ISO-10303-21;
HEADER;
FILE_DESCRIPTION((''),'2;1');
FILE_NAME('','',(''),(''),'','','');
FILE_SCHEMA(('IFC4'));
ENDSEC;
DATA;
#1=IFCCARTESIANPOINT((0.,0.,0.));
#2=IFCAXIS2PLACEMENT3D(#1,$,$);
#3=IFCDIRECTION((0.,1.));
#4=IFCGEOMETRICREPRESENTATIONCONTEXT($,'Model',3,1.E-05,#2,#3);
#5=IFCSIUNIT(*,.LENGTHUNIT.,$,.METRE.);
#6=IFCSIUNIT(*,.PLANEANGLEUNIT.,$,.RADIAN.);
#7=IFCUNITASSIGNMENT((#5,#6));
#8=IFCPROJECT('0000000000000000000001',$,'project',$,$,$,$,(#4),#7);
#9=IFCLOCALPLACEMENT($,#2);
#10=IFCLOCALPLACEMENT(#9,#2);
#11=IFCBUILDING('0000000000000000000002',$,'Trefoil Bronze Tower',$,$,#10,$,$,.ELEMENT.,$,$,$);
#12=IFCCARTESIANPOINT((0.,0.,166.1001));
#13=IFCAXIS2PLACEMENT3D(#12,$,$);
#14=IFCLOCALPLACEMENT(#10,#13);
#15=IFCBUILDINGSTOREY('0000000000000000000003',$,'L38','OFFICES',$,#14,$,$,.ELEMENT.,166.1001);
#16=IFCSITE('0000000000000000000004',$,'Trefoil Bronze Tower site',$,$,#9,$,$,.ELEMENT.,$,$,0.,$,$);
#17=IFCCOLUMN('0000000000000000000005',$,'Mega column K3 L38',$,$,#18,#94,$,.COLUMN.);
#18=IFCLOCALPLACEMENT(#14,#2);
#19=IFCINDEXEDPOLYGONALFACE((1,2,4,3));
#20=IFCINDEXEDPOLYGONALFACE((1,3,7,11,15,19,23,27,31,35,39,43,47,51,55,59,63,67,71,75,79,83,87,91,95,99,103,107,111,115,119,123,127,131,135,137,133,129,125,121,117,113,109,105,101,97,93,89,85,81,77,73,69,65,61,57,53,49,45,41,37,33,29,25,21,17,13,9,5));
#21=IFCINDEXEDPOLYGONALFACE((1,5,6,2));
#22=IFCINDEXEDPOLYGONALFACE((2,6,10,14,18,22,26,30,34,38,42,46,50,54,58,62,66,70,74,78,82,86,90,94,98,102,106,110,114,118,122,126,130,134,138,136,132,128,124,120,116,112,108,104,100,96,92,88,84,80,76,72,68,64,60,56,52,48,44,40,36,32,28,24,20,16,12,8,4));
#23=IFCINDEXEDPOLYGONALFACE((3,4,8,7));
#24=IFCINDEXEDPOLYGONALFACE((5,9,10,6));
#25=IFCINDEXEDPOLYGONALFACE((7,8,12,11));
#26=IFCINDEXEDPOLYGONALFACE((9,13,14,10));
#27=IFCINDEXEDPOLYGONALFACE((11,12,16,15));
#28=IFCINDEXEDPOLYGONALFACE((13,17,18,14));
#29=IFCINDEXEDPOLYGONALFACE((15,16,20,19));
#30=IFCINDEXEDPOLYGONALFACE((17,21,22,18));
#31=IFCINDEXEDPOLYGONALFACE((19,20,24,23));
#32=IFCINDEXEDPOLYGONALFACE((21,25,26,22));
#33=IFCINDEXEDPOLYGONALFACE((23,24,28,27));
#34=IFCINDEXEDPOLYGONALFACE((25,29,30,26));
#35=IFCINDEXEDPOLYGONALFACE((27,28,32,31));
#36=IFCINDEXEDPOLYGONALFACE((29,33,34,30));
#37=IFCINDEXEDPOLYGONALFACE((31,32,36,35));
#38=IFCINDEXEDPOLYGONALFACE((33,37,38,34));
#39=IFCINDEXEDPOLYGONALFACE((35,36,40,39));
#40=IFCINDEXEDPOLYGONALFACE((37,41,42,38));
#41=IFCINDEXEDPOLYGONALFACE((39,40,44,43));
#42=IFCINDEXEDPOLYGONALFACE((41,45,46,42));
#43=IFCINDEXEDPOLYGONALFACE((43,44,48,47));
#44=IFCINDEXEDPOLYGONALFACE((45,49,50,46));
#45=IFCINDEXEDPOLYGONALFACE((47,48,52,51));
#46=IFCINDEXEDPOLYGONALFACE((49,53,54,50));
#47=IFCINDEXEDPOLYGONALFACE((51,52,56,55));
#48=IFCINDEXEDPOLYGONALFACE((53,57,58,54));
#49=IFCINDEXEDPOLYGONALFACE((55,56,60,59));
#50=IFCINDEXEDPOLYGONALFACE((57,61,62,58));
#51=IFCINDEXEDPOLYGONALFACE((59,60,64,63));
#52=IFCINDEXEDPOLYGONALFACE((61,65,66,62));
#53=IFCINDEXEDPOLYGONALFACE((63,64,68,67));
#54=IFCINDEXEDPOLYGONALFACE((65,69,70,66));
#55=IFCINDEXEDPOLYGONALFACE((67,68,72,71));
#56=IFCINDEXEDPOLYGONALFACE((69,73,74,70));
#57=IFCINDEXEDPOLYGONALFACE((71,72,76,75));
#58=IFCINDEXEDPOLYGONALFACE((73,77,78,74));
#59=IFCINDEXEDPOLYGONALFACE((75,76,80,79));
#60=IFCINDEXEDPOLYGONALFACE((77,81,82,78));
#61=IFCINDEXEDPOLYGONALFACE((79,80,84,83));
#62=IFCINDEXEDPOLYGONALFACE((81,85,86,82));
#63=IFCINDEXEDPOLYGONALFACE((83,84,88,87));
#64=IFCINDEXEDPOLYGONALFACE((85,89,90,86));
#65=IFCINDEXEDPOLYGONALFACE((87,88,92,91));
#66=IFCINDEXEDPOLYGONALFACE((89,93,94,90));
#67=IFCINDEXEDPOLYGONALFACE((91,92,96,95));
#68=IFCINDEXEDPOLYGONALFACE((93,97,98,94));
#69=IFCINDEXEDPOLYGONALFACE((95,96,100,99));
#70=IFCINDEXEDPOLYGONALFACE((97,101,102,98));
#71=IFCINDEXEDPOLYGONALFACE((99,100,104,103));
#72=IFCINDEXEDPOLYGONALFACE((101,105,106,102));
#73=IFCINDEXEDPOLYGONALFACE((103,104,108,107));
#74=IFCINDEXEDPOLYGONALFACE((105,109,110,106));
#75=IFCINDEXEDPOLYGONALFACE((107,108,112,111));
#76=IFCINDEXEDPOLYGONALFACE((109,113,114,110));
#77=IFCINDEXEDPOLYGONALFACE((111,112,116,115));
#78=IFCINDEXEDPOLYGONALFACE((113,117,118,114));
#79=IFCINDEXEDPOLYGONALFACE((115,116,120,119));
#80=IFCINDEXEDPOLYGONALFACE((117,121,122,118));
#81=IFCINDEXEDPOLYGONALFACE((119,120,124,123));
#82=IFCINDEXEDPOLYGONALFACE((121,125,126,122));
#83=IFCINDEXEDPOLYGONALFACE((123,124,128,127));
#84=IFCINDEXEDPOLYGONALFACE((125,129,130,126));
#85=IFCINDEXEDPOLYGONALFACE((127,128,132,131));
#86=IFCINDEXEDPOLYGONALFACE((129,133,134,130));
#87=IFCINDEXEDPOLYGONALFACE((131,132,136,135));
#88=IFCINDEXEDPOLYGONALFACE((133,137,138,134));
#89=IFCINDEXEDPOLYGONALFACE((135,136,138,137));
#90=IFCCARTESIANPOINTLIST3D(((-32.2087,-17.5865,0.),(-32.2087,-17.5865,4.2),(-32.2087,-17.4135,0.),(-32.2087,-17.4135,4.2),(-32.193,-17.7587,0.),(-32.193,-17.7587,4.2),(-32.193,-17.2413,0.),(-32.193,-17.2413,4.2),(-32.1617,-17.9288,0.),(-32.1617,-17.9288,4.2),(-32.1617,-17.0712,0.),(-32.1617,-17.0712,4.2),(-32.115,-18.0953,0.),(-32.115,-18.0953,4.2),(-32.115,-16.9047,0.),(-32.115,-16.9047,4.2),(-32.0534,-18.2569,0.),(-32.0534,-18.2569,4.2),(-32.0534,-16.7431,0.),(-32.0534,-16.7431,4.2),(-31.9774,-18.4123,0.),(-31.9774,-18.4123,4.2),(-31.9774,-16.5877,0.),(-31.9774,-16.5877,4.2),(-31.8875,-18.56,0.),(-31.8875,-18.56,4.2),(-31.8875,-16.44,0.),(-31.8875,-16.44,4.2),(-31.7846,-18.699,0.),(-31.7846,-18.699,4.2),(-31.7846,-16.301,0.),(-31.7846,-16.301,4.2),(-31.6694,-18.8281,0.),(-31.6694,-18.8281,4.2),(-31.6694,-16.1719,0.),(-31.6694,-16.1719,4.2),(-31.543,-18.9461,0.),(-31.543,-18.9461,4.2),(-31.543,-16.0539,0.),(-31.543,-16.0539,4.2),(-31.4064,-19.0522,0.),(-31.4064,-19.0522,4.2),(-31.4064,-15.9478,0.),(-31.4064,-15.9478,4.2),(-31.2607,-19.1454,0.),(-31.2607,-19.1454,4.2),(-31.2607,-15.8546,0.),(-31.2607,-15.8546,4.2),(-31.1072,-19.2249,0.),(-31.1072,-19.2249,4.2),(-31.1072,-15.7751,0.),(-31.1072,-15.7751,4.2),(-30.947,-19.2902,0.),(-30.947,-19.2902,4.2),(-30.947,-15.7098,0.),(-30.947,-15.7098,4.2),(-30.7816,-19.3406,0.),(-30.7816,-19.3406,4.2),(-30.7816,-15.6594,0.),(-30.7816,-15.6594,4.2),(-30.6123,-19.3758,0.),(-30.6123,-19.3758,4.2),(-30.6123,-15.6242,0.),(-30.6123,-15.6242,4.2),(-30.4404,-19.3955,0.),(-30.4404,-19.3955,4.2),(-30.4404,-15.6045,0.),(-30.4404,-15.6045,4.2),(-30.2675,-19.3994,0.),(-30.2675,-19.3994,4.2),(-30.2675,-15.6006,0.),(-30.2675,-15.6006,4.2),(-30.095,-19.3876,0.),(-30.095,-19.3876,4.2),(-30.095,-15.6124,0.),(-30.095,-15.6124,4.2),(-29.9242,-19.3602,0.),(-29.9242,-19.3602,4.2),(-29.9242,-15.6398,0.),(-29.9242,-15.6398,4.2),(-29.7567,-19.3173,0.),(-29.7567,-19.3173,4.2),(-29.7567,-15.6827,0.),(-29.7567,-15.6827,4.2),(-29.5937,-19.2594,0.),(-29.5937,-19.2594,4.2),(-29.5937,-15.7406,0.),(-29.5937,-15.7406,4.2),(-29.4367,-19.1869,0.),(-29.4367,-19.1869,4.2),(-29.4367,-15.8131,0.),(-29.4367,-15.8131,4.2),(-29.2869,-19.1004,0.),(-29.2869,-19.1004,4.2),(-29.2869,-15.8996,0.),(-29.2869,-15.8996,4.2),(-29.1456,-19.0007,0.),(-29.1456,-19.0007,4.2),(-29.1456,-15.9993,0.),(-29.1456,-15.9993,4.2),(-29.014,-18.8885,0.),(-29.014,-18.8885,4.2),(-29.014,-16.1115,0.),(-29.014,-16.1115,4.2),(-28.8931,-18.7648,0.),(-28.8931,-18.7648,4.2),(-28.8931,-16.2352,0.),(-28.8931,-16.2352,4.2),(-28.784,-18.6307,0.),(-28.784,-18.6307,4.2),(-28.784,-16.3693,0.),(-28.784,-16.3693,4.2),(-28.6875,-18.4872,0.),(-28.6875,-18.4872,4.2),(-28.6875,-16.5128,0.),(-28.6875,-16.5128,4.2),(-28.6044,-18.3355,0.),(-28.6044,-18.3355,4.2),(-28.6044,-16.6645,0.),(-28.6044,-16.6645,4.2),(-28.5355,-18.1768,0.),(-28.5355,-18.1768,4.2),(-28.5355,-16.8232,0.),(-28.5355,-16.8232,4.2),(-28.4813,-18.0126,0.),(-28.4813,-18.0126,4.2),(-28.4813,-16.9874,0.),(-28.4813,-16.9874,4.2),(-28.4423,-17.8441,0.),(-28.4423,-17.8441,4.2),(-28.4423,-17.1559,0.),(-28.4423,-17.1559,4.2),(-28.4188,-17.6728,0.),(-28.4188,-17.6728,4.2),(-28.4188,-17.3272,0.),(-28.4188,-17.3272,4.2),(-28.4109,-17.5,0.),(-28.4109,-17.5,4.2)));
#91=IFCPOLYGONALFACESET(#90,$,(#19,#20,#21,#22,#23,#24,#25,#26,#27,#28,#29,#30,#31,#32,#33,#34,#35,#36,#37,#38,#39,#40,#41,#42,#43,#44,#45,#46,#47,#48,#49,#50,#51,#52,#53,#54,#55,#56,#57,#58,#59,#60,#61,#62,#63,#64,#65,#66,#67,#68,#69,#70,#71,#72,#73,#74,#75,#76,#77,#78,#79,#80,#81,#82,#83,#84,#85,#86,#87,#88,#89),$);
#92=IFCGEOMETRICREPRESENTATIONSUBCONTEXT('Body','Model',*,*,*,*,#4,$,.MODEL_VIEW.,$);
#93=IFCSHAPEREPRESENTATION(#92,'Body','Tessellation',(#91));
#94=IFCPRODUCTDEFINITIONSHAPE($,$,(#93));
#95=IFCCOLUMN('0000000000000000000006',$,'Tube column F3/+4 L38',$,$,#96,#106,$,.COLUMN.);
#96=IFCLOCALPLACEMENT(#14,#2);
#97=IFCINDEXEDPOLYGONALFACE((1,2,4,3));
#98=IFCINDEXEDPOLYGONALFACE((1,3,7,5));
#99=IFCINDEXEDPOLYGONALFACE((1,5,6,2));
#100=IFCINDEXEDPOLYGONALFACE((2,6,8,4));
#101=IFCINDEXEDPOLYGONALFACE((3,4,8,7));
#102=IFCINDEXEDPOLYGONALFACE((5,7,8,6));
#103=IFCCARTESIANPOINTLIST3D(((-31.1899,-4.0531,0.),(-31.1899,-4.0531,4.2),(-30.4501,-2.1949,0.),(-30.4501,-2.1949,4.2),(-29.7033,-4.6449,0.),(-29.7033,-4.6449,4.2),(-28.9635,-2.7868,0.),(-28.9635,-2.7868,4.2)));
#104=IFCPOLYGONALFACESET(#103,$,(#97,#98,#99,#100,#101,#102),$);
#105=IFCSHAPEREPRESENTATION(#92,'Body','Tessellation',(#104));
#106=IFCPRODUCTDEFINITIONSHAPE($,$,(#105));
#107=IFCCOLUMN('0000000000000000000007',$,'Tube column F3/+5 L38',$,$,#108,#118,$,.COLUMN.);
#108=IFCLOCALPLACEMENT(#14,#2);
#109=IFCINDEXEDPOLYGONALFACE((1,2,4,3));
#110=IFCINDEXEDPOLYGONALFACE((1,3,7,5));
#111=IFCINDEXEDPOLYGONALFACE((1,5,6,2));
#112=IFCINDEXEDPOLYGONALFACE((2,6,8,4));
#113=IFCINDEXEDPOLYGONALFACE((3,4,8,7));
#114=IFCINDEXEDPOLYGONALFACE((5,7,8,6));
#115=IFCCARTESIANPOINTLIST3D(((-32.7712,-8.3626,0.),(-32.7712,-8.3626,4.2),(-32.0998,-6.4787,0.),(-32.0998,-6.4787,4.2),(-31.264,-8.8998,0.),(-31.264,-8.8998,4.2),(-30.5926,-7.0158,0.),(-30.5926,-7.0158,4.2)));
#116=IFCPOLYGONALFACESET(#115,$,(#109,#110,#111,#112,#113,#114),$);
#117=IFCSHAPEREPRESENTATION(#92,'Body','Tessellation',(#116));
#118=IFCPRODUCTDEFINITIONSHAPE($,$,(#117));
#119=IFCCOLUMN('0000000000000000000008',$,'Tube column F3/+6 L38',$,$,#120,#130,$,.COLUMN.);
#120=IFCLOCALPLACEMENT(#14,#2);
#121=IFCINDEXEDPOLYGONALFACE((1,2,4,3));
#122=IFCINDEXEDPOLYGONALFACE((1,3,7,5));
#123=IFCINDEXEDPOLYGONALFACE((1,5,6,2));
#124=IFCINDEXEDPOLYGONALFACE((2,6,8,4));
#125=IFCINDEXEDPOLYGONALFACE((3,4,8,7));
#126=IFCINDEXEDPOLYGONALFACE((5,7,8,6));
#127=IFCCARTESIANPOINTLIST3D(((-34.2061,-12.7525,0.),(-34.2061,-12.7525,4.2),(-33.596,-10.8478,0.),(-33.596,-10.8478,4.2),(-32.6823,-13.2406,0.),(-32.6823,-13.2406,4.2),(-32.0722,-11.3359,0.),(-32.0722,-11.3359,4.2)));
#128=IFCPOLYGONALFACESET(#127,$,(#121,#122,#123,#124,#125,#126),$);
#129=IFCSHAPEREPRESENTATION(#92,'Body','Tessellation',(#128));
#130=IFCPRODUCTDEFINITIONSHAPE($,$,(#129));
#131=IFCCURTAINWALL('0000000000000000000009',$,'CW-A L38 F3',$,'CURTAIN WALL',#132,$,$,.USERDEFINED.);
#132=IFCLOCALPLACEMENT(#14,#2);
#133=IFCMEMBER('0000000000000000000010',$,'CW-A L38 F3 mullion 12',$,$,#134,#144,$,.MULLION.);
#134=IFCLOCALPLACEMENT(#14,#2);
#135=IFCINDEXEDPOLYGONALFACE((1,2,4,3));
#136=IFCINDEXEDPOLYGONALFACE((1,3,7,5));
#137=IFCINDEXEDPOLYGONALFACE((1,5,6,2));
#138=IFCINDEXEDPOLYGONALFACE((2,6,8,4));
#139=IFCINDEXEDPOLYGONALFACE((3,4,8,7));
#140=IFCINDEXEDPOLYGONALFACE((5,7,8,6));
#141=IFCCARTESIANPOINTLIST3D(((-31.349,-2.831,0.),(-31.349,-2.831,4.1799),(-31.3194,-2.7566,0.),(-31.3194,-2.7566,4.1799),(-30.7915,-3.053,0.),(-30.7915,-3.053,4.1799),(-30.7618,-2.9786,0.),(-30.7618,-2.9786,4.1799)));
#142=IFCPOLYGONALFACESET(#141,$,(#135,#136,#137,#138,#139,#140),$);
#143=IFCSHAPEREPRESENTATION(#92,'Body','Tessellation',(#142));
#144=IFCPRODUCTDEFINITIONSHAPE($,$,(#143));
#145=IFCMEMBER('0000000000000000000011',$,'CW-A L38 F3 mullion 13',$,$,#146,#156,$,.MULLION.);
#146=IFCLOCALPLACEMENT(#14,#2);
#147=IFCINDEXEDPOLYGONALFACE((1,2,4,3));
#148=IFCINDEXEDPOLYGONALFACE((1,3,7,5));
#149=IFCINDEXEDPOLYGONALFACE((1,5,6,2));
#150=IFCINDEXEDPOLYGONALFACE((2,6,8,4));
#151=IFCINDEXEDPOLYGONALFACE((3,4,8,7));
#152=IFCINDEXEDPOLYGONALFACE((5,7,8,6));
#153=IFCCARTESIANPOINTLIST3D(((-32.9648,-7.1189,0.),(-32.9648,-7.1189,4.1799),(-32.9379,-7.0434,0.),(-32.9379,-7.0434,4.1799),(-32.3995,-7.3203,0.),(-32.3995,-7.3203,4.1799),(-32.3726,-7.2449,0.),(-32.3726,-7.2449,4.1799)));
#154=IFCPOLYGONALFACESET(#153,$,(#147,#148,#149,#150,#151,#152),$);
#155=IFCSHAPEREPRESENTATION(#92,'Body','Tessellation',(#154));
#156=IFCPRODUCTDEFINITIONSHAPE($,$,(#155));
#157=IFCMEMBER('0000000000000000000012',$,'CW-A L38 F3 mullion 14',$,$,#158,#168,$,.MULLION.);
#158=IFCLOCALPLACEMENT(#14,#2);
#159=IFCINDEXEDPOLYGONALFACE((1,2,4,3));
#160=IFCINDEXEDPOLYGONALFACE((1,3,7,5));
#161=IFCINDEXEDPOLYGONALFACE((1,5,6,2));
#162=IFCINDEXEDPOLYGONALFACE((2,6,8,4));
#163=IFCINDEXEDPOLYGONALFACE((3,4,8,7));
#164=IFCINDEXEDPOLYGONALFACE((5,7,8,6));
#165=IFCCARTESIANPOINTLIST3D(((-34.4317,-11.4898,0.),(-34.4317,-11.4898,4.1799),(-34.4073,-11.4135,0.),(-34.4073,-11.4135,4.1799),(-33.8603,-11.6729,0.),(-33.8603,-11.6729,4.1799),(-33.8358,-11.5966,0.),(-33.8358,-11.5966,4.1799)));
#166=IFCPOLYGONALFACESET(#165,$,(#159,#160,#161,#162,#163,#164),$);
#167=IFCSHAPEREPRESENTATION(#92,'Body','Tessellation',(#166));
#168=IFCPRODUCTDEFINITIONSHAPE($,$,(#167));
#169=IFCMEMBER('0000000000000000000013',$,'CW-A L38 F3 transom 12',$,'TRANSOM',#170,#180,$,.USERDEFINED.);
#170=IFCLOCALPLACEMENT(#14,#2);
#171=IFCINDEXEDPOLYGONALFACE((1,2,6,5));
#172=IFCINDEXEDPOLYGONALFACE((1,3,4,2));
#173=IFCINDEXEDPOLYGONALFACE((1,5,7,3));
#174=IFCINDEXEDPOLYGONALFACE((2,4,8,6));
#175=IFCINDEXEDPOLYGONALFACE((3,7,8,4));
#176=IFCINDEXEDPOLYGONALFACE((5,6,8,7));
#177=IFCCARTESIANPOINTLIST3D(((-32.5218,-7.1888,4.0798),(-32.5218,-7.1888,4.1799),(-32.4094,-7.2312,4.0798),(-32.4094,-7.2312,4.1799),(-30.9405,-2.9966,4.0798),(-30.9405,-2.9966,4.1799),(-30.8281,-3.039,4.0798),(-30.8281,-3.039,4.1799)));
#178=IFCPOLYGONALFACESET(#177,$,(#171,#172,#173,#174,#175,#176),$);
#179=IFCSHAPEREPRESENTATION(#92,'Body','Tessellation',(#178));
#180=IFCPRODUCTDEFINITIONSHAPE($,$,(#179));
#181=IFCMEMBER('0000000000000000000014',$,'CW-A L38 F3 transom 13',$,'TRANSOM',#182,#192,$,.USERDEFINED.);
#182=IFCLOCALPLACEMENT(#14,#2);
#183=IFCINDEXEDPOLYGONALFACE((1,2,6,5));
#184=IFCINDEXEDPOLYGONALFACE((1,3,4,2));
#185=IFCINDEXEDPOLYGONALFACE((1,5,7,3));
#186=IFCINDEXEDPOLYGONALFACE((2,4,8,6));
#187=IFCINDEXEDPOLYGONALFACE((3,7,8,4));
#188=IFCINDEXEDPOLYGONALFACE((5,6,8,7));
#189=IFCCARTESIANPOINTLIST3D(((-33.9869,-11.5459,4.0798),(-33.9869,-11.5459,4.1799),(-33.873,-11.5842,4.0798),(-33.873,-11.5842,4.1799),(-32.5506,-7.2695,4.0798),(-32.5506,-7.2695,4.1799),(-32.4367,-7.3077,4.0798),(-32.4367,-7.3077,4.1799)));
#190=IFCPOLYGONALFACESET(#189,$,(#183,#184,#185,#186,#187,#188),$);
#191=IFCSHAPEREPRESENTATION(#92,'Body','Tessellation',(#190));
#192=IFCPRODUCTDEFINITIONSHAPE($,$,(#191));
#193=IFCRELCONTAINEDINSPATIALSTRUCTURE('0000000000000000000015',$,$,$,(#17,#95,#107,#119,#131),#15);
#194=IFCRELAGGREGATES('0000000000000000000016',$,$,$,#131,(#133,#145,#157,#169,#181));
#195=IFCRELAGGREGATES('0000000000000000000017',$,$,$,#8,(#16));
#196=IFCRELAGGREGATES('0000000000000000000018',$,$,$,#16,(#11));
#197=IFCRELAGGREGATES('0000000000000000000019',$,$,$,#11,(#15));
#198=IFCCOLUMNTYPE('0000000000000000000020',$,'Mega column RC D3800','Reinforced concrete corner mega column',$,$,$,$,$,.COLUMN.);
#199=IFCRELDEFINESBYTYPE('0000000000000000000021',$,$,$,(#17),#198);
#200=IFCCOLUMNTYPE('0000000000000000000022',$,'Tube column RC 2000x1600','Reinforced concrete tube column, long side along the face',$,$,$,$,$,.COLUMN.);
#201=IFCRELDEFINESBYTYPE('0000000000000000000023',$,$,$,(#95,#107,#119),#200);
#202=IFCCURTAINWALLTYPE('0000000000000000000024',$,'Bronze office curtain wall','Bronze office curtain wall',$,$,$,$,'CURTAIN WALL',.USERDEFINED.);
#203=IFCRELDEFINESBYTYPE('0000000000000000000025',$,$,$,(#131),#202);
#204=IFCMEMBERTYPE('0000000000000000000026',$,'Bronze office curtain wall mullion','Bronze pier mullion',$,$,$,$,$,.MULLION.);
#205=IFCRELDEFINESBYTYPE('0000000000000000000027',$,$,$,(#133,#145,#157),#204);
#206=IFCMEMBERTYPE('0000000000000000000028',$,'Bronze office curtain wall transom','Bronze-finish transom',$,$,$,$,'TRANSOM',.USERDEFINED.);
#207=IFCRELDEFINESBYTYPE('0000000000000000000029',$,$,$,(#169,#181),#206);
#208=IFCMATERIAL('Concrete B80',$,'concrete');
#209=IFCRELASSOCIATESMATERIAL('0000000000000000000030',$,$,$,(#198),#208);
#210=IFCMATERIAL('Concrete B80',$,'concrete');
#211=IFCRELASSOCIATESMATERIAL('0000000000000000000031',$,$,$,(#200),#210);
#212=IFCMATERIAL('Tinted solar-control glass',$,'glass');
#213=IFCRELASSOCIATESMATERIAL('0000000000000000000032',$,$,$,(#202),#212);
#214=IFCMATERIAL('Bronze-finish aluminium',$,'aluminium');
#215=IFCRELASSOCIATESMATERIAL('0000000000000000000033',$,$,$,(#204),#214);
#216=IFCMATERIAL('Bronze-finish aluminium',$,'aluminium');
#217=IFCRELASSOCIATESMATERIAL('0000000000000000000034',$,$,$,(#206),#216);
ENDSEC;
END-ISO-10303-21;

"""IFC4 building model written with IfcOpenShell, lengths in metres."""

from ifc_helpers import new_model, si_unit, direction, frame, origin, origin_2d, place, context, subcontext, project, spatial, rectangle, circle, extrude, material, material_profile, profile_set, type_object, element, aggregate, save


model = new_model("IFC4")

# Units and contexts
model_context = context("Model", 3, precision=1e-05, world=origin(), true_north=direction((0.0, 1.0)))
body_context = subcontext(model_context, "Body", "Model", "MODEL_VIEW")
ifc_project = project(units=[si_unit("LENGTHUNIT", "METRE"), si_unit("PLANEANGLEUNIT", "RADIAN")], contexts=[model_context])

# Site, building, storey
site_placement = place(None, origin())
site = spatial("IfcSite", under=ifc_project, at=site_placement, Name="Trefoil Bronze Tower site", CompositionType="ELEMENT", RefElevation=0.0)
building_placement = place(site_placement, origin())
building = spatial("IfcBuilding", under=site, at=building_placement, Name="Trefoil Bronze Tower", CompositionType="ELEMENT")
storey_placement = place(building_placement, frame((0.0, 0.0, 166.1001)))
storey = spatial("IfcBuildingStorey", under=building, at=storey_placement, Name="L38", Description="OFFICES", CompositionType="ELEMENT", Elevation=166.1001)

# Columns
ifc_material_1 = material(Name="Concrete B80", Category="concrete")
ifc_material_profile_1 = material_profile(ifc_material_1, circle(Radius=1.8999, at=origin_2d()), Name="RC D3800")
ifc_profile_set_1 = profile_set([ifc_material_profile_1], Name="Concrete B80")
column_type_1 = type_object("IfcColumnType", Name="Mega column RC D3800", Description="Reinforced concrete corner mega column", PredefinedType="COLUMN", material=ifc_profile_set_1)
column_placement = place(storey_placement, frame((-30.3108, -17.5, 0.0), z_axis=(0.0, 0.0, 1.0), x_axis=(1.0, 0.0, 0.0)))
element("IfcColumn", 1, at=column_placement, inside=storey, type_object=column_type_1, Name="Mega column K3 L38", PredefinedType="COLUMN", context=body_context, shape_type="SweptSolid", body=[
    extrude(circle(Radius=1.8999, at=origin_2d()), origin(), (0.0, 0.0, 1.0), 4.2),
])
ifc_material_2 = material(Name="Concrete B80", Category="concrete")
ifc_material_profile_2 = material_profile(ifc_material_2, rectangle(XDim=2.0, YDim=1.6001, at=origin_2d()), Name="RC 2000x1600")
ifc_profile_set_2 = profile_set([ifc_material_profile_2], Name="Concrete B80")
column_type_2 = type_object("IfcColumnType", Name="Tube column RC 2000x1600", Description="Reinforced concrete tube column, long side along the face", PredefinedType="COLUMN", material=ifc_profile_set_2)
for number, where, z_axis, x_axis, name in (
    (2, (-30.0767, -3.4199, 0.0), (0.0, 0.0, 1.0), (-0.369901, -0.929071, 0.0), "Tube column F3/+4 L38"),
    (3, (-31.6819, -7.6892, 0.0), (0.0, 0.0, 1.0), (-0.335718, -0.941963, 0.0), "Tube column F3/+5 L38"),
    (4, (-33.1392, -12.0442, 0.0), (0.0, 0.0, 1.0), (-0.305066, -0.952331, 0.0), "Tube column F3/+6 L38"),
):
    element("IfcColumn", number, at=place(storey_placement, frame(where, z_axis=z_axis, x_axis=x_axis)), inside=storey, type_object=column_type_2, Name=name, PredefinedType="COLUMN", context=body_context, shape_type="SweptSolid", body=[
        extrude(rectangle(XDim=2.0, YDim=1.6001, at=origin_2d()), origin(), (0.0, 0.0, 1.0), 4.2),
    ])

# Curtain wall, members
ifc_material_3 = material(Name="Tinted solar-control glass", Category="glass")
curtain_wall_type_1 = type_object("IfcCurtainWallType", Name="Bronze office curtain wall", Description="Bronze office curtain wall", ElementType="CURTAIN WALL", PredefinedType="USERDEFINED", material=ifc_material_3)
curtain_wall_1_placement = place(storey_placement, origin())
curtain_wall_1 = element("IfcCurtainWall", 5, at=curtain_wall_1_placement, inside=storey, type_object=curtain_wall_type_1, Name="CW-A L38 F3", ObjectType="CURTAIN WALL", PredefinedType="USERDEFINED")
ifc_material_4 = material(Name="Bronze-finish aluminium", Category="aluminium")
ifc_material_profile_3 = material_profile(ifc_material_4, rectangle(XDim=0.6001, YDim=0.0801, at=origin_2d()), Name="CW-A mullion")
ifc_profile_set_3 = profile_set([ifc_material_profile_3], Name="Bronze-finish aluminium")
member_type_1 = type_object("IfcMemberType", Name="Bronze office curtain wall mullion", Description="Bronze pier mullion", PredefinedType="MULLION", material=ifc_profile_set_3)
member_1_placement = place(storey_placement, frame((-31.0554, -2.9048, 0.0), z_axis=(0.0, 0.0, 1.0), x_axis=(0.929071, -0.369901, 0.0)))
member_1 = element("IfcMember", 6, at=member_1_placement, type_object=member_type_1, Name="CW-A L38 F3 mullion 12", PredefinedType="MULLION", context=body_context, shape_type="SweptSolid", body=[
    extrude(rectangle(XDim=0.6001, YDim=0.0801, at=origin_2d()), origin(), (0.0, 0.0, 1.0), 4.1799),
])
member_2_placement = place(storey_placement, frame((-32.6687, -7.1819, 0.0), z_axis=(0.0, 0.0, 1.0), x_axis=(0.941963, -0.335718, 0.0)))
member_2 = element("IfcMember", 7, at=member_2_placement, type_object=member_type_1, Name="CW-A L38 F3 mullion 13", PredefinedType="MULLION", context=body_context, shape_type="SweptSolid", body=[
    extrude(rectangle(XDim=0.6001, YDim=0.0801, at=origin_2d()), origin(), (0.0, 0.0, 1.0), 4.1799),
])
member_3_placement = place(storey_placement, frame((-34.1338, -11.5432, 0.0), z_axis=(0.0, 0.0, 1.0), x_axis=(0.952331, -0.305066, 0.0)))
member_3 = element("IfcMember", 8, at=member_3_placement, type_object=member_type_1, Name="CW-A L38 F3 mullion 14", PredefinedType="MULLION", context=body_context, shape_type="SweptSolid", body=[
    extrude(rectangle(XDim=0.6001, YDim=0.0801, at=origin_2d()), origin(), (0.0, 0.0, 1.0), 4.1799),
])
ifc_material_5 = material(Name="Bronze-finish aluminium", Category="aluminium")
ifc_material_profile_4 = material_profile(ifc_material_5, rectangle(XDim=0.1201, YDim=0.1001, at=origin_2d()), Name="CW-A transom")
ifc_profile_set_4 = profile_set([ifc_material_profile_4], Name="Bronze-finish aluminium")
member_type_2 = type_object("IfcMemberType", Name="Bronze office curtain wall transom", Description="Bronze-finish transom", ElementType="TRANSOM", PredefinedType="USERDEFINED", material=ifc_profile_set_4)
member_4_placement = place(storey_placement, frame((-30.8843, -3.0178, 4.1299), z_axis=(-0.352932, -0.935649, 0.0), x_axis=(0.935649, -0.352932, 0.0)))
member_4 = element("IfcMember", 9, at=member_4_placement, type_object=member_type_2, Name="CW-A L38 F3 transom 12", ObjectType="TRANSOM", PredefinedType="USERDEFINED", context=body_context, shape_type="SweptSolid", body=[
    extrude(rectangle(XDim=0.1201, YDim=0.1001, at=origin_2d()), origin(), (0.0, 0.0, 1.0), 4.4805),
])
member_5_placement = place(storey_placement, frame((-32.4937, -7.2886, 4.1299), z_axis=(-0.318386, -0.947961, 0.0), x_axis=(0.947961, -0.318386, 0.0)))
member_5 = element("IfcMember", 10, at=member_5_placement, type_object=member_type_2, Name="CW-A L38 F3 transom 13", ObjectType="TRANSOM", PredefinedType="USERDEFINED", context=body_context, shape_type="SweptSolid", body=[
    extrude(rectangle(XDim=0.1201, YDim=0.1001, at=origin_2d()), origin(), (0.0, 0.0, 1.0), 4.5112),
])

aggregate(curtain_wall_1, [member_1, member_2, member_3, member_4, member_5])

save(model, "model.ifc")
